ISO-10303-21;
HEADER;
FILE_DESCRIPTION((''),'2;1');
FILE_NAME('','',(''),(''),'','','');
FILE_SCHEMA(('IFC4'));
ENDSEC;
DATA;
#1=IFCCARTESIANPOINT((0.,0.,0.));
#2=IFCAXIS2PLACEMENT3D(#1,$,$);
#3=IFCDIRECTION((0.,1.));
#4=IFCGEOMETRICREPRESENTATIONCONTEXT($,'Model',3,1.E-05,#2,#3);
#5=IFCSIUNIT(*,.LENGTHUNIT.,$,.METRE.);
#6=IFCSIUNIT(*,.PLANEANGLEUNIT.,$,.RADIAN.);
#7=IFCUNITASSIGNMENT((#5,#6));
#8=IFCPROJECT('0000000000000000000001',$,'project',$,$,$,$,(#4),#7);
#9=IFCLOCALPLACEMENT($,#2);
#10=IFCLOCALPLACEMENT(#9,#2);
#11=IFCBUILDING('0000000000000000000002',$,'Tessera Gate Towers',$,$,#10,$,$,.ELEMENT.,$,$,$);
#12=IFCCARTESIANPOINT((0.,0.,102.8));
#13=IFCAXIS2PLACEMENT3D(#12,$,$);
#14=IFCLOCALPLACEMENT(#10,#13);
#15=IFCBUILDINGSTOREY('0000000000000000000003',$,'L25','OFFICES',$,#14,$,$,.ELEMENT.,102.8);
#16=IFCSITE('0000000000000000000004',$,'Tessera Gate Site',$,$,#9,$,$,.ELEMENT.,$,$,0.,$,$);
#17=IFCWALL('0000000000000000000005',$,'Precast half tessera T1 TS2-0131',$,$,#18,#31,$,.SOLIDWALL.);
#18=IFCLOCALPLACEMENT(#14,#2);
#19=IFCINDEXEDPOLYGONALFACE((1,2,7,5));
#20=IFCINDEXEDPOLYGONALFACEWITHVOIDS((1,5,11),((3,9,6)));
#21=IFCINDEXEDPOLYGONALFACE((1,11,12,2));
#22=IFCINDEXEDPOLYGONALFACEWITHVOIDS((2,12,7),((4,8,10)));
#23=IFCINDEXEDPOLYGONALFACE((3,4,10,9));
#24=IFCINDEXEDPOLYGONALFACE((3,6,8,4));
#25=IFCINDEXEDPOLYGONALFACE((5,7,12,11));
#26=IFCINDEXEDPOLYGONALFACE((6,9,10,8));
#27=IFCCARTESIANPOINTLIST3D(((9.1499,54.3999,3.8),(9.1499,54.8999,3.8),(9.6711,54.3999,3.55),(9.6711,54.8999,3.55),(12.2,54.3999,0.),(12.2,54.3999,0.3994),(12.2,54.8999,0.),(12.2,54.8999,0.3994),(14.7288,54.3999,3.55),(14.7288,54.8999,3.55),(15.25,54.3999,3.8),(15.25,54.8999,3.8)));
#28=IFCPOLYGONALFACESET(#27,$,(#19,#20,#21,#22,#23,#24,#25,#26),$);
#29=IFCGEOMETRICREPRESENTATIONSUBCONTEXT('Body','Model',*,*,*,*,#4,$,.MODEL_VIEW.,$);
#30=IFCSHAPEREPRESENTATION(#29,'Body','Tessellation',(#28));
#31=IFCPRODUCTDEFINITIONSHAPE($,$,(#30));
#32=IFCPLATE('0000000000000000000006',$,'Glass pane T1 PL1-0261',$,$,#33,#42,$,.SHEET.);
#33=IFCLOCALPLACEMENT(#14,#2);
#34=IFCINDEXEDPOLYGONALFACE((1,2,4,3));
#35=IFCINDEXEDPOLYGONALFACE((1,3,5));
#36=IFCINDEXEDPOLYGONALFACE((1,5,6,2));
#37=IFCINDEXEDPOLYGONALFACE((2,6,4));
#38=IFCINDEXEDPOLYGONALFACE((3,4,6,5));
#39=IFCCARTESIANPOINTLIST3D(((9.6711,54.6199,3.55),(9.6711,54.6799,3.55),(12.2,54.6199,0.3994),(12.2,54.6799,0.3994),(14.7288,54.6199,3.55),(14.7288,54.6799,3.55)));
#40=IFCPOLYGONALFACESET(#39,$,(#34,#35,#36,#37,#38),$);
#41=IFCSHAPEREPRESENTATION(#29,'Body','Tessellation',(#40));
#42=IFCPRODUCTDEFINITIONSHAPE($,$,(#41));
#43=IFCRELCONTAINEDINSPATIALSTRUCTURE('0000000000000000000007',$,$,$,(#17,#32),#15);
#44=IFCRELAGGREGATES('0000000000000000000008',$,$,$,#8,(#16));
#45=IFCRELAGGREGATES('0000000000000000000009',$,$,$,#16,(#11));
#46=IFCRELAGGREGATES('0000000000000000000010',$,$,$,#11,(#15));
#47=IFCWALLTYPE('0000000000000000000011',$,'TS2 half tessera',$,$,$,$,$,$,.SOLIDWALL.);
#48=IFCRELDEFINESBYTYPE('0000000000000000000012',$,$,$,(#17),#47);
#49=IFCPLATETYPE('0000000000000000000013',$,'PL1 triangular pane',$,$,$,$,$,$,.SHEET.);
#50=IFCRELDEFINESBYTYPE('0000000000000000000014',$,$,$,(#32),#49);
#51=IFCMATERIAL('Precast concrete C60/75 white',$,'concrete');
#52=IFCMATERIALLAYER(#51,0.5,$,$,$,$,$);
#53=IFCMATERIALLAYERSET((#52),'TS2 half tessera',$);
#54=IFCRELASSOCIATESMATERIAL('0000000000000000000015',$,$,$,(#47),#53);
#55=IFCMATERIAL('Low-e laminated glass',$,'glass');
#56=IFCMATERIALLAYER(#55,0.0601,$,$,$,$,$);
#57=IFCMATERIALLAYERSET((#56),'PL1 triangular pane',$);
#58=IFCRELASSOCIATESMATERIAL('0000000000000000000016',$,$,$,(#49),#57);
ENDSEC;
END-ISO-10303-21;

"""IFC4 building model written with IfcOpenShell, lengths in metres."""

from ifc_helpers import new_model, si_unit, direction, frame, origin, place, context, subcontext, project, spatial, polyline, outline, extrude, source, transform, mapped, material, layer, layer_set, type_object, element, fill, save


model = new_model("IFC4")

# Units and contexts
model_context = context("Model", 3, precision=1e-05, world=origin(), true_north=direction((0.0, 1.0)))
body_context = subcontext(model_context, "Body", "Model", "MODEL_VIEW")
ifc_project = project(units=[si_unit("LENGTHUNIT", "METRE"), si_unit("PLANEANGLEUNIT", "RADIAN")], contexts=[model_context])

# Site, building, storey
site_placement = place(None, origin())
site = spatial("IfcSite", under=ifc_project, at=site_placement, Name="Tessera Gate Site", CompositionType="ELEMENT", RefElevation=0.0)
building_placement = place(site_placement, origin())
building = spatial("IfcBuilding", under=site, at=building_placement, Name="Tessera Gate Towers", CompositionType="ELEMENT")
storey_placement = place(building_placement, frame((0.0, 0.0, 102.8)))
storey = spatial("IfcBuildingStorey", under=building, at=storey_placement, Name="L25", Description="OFFICES", CompositionType="ELEMENT", Elevation=102.8)

# Wall, opening, plate
ifc_material_1 = material(Name="Precast concrete C60/75 white", Category="concrete")
ifc_layer_1 = layer(ifc_material_1, 0.5)
ifc_layer_set_1 = layer_set([ifc_layer_1], Name="TS2 half tessera")
wall_type_1 = type_object("IfcWallType", Name="TS2 half tessera", PredefinedType="SOLIDWALL", material=ifc_layer_set_1)
shared_shape_1 = source(origin(), body_context, "Body", "SweptSolid", [
    extrude(outline(polyline([(3.05, 0.0), (6.1001, 3.8), (0.0, 3.8), (3.05, 0.0)])), frame((0.0, 0.25, 0.0), z_axis=(0.0, -1.0, 0.0), x_axis=(1.0, 0.0, 0.0)), (0.0, 0.0, 1.0), 0.5),
])
shared_shape_2 = source(origin(), body_context, "Body", "SweptSolid", [
    extrude(outline(polyline([(3.05, 0.3994), (5.5789, 3.55), (0.5212, 3.55), (3.05, 0.3994)])), frame((0.0, 0.26, 0.0), z_axis=(0.0, -1.0, 0.0), x_axis=(1.0, 0.0, 0.0)), (0.0, 0.0, 1.0), 0.52),
])
ifc_material_2 = material(Name="Low-e laminated glass", Category="glass")
ifc_layer_2 = layer(ifc_material_2, 0.0601)
ifc_layer_set_2 = layer_set([ifc_layer_2], Name="PL1 triangular pane")
plate_type_1 = type_object("IfcPlateType", Name="PL1 triangular pane", PredefinedType="SHEET", material=ifc_layer_set_2)
shared_shape_3 = source(origin(), body_context, "Body", "SweptSolid", [
    extrude(outline(polyline([(3.05, 0.3994), (5.5789, 3.55), (0.5212, 3.55), (3.05, 0.3994)])), frame((0.0, 0.03, 0.0), z_axis=(0.0, -1.0, 0.0), x_axis=(1.0, 0.0, 0.0)), (0.0, 0.0, 1.0), 0.0601),
])
wall_1_placement = place(storey_placement, frame((15.25, 54.6499, 0.0), z_axis=(0.0, 0.0, 1.0), x_axis=(-1.0, 0.0, 0.0)))
wall_1 = element("IfcWall", 1, at=wall_1_placement, inside=storey, type_object=wall_type_1, Name="Precast half tessera T1 TS2-0131", PredefinedType="SOLIDWALL", context=body_context, shape_type="MappedRepresentation", body=[
    mapped(shared_shape_1, transform((0.0, 0.0, 0.0), scale=1.0)),
])
opening_1_placement = place(wall_1_placement, origin())
opening_1 = element("IfcOpeningElement", 2, at=opening_1_placement, cuts=wall_1, PredefinedType="OPENING", context=body_context, shape_type="MappedRepresentation", body=[
    mapped(shared_shape_2, transform((0.0, 0.0, 0.0), scale=1.0)),
])
plate_1_placement = place(opening_1_placement, origin())
plate_1 = element("IfcPlate", 3, at=plate_1_placement, inside=storey, type_object=plate_type_1, Name="Glass pane T1 PL1-0261", PredefinedType="SHEET", context=body_context, shape_type="MappedRepresentation", body=[
    mapped(shared_shape_3, transform((0.0, 0.0, 0.0), scale=1.0)),
])
fill(opening_1, plate_1)

save(model, "model.ifc")
